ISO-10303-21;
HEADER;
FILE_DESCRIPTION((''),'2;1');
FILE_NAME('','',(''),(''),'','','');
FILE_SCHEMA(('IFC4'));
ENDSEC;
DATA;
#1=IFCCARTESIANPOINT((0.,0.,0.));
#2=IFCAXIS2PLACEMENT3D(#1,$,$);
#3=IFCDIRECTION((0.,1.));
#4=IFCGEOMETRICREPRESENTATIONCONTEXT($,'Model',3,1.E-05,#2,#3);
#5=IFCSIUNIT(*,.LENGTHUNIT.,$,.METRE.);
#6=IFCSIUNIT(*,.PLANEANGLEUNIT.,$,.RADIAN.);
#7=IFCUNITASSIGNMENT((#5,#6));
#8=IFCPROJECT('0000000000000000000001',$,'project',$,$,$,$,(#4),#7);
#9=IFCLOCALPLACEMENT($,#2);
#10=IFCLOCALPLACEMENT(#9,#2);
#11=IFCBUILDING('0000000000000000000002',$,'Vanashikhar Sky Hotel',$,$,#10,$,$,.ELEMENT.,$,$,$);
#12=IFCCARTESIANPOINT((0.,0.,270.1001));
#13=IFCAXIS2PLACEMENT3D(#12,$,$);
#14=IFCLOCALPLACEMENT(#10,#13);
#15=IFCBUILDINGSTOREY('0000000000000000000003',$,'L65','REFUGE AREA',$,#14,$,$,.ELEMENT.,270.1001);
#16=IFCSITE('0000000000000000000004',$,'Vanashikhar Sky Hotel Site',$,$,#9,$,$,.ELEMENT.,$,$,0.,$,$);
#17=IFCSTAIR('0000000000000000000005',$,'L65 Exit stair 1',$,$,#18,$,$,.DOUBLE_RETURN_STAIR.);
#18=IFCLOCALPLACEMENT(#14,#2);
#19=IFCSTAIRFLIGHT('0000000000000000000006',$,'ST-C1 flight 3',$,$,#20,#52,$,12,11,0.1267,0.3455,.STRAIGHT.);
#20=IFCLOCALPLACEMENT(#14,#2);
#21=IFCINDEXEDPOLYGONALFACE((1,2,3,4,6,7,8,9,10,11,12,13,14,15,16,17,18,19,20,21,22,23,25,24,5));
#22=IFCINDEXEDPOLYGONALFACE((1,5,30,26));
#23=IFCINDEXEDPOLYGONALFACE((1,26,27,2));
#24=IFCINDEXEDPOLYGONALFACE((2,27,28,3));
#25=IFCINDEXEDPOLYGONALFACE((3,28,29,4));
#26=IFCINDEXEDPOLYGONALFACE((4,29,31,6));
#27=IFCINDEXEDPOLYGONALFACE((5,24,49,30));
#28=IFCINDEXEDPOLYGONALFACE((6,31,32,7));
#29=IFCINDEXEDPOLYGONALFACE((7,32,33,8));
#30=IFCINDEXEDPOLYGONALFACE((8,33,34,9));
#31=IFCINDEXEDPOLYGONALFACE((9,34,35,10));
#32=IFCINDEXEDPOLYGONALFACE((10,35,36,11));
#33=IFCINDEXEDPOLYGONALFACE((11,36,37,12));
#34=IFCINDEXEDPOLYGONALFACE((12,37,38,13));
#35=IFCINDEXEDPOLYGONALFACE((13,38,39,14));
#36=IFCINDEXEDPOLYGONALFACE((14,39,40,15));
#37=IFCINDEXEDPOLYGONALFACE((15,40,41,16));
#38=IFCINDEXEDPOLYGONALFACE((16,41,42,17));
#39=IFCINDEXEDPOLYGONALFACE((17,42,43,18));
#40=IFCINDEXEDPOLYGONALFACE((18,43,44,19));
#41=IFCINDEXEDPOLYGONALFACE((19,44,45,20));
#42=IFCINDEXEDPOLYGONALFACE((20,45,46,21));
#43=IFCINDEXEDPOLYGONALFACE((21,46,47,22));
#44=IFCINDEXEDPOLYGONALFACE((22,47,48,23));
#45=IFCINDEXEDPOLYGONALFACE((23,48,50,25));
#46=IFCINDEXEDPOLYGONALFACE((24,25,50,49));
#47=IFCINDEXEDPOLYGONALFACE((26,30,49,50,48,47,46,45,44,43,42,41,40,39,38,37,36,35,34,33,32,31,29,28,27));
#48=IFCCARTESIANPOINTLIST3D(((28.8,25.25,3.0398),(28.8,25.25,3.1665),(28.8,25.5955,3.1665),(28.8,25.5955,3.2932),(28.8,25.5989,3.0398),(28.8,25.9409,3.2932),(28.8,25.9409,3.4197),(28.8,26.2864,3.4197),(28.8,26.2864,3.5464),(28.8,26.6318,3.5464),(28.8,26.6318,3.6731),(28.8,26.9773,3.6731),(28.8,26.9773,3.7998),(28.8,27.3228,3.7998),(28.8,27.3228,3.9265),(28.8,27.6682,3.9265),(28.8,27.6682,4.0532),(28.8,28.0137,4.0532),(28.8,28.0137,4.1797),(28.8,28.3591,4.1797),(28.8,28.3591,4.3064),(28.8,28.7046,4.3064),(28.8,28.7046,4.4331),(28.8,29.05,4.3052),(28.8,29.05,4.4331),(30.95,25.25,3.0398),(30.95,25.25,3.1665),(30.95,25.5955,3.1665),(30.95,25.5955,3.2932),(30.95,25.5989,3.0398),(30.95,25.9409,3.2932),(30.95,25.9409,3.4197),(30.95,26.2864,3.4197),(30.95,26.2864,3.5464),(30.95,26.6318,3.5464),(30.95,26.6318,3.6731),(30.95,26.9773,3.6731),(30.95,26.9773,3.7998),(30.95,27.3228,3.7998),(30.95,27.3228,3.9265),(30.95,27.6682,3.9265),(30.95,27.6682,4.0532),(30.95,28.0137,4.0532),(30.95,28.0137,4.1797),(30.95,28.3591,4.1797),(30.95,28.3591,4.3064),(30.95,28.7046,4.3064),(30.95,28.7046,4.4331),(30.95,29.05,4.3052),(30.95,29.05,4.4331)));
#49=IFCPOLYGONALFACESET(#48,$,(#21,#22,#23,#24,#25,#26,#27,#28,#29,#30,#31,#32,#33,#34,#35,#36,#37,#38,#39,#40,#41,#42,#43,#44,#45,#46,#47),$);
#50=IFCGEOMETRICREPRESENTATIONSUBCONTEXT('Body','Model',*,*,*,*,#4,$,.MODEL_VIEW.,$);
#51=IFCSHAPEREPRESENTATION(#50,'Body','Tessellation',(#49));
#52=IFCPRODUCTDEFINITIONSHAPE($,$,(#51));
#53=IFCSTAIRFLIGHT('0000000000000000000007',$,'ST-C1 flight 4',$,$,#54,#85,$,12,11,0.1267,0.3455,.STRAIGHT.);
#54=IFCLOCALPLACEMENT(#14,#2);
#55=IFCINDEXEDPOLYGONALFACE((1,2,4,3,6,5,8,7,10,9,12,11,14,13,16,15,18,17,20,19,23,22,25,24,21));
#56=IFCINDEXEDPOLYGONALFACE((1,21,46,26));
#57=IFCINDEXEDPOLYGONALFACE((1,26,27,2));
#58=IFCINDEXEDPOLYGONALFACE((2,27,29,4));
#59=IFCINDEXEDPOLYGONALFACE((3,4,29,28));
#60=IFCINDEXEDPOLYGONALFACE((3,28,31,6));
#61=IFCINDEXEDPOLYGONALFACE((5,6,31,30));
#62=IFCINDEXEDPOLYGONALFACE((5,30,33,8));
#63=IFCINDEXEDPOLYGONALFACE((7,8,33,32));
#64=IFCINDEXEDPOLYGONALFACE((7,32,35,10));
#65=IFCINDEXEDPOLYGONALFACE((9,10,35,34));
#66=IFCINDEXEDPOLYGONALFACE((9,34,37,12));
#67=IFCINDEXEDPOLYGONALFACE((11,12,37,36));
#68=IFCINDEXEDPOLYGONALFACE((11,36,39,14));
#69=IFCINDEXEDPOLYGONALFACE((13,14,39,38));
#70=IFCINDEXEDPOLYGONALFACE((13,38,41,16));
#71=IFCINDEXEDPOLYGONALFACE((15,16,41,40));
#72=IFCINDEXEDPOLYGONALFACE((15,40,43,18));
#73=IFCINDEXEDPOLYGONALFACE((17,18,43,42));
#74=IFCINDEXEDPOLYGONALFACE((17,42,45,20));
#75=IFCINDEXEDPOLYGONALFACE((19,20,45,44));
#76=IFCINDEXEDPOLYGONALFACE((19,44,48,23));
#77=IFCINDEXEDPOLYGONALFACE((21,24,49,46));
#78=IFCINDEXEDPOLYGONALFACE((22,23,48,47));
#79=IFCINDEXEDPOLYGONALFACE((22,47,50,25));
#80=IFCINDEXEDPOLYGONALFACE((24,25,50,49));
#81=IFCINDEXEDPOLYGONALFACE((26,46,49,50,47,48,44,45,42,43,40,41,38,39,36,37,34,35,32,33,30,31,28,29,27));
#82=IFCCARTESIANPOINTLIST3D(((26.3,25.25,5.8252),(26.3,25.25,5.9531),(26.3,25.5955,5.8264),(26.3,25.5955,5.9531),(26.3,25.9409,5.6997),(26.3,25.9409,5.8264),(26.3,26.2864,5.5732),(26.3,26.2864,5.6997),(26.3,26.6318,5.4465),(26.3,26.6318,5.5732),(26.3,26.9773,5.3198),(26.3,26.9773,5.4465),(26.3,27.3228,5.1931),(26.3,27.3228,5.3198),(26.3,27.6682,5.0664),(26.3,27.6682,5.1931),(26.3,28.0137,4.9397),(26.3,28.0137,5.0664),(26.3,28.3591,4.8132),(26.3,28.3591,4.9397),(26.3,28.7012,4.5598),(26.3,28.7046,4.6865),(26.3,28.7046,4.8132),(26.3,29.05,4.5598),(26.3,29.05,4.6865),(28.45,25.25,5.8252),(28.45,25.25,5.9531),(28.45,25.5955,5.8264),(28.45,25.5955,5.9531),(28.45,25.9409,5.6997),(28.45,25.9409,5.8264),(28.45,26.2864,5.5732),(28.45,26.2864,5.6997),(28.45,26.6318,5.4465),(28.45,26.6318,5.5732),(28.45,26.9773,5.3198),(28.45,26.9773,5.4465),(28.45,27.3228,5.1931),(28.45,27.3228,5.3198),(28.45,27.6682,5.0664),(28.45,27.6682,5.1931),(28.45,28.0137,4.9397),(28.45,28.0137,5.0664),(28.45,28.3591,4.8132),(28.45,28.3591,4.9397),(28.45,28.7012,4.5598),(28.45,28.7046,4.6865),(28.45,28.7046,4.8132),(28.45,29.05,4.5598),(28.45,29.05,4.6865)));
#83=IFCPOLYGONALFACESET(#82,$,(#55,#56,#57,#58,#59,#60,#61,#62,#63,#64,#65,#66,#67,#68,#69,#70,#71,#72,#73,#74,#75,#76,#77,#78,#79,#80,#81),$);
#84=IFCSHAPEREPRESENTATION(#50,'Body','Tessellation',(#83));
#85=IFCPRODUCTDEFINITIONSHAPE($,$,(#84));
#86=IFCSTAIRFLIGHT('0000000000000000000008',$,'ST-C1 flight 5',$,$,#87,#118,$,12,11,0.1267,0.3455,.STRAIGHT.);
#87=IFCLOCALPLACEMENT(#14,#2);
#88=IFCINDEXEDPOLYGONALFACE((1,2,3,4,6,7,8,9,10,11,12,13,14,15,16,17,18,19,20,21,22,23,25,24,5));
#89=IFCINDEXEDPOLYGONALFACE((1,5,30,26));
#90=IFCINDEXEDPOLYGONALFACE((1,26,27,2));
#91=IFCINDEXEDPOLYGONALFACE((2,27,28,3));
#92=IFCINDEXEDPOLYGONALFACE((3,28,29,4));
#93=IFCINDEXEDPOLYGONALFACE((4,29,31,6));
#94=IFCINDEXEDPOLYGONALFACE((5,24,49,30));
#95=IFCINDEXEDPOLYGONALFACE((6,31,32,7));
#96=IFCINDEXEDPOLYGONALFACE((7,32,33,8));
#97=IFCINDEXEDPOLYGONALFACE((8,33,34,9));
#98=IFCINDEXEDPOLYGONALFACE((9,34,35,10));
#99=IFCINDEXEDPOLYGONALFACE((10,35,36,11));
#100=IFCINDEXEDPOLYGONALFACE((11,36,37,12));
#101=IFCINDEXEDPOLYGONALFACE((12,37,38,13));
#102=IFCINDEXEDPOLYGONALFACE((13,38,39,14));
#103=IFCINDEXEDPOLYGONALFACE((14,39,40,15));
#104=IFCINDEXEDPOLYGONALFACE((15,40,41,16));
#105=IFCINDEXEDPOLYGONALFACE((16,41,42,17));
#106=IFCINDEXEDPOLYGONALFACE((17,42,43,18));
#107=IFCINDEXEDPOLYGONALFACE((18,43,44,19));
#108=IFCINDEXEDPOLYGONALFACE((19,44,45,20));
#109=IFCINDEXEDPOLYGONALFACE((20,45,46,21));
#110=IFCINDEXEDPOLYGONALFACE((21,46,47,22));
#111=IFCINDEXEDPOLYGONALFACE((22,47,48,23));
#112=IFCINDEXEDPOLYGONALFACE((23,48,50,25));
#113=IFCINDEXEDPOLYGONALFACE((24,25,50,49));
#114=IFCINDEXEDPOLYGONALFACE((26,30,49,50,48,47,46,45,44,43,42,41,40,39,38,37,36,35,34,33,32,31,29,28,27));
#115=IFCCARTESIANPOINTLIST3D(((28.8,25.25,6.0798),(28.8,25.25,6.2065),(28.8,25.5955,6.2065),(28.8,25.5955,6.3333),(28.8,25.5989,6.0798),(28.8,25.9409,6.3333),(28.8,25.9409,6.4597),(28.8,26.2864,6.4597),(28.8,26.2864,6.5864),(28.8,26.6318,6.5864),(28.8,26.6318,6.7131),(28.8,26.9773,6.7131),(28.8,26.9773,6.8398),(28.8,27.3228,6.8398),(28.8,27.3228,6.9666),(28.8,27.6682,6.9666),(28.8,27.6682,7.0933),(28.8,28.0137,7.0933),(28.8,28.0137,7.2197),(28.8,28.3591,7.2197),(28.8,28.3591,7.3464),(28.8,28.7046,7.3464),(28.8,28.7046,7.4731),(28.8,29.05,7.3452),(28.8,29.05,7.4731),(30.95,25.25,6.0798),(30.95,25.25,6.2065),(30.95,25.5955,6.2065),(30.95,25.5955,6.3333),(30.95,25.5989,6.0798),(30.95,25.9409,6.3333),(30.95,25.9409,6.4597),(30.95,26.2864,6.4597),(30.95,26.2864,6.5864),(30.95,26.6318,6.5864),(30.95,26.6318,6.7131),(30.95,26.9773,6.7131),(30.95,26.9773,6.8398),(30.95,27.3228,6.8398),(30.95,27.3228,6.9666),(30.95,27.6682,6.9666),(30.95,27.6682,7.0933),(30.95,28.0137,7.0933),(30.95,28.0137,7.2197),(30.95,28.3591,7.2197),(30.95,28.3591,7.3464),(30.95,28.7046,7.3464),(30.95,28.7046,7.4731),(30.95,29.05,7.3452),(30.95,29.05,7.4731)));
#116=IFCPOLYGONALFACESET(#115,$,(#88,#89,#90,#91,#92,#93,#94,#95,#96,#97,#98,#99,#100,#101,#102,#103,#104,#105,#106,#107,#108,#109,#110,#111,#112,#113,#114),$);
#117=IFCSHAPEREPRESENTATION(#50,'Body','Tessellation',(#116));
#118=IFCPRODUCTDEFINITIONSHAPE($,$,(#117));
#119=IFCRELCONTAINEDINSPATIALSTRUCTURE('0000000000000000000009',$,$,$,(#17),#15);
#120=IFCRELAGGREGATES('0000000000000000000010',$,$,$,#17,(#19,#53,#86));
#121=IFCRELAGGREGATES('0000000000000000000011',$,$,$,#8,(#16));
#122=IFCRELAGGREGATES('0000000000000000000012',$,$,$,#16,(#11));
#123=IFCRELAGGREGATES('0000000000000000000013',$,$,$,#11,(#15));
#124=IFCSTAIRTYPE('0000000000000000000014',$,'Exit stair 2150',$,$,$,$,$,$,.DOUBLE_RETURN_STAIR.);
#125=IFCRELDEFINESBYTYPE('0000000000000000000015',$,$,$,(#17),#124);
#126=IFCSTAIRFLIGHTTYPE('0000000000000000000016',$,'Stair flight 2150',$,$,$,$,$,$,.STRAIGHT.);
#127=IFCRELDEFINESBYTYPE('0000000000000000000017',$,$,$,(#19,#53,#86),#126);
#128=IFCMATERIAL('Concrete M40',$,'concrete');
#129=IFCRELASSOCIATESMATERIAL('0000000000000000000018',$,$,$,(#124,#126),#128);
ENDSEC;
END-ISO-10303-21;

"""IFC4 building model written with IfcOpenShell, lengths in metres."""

from ifc_helpers import new_model, si_unit, direction, frame, origin, place, context, subcontext, project, spatial, polyline, outline, extrude, source, transform, mapped, material, type_object, element, aggregate, save


model = new_model("IFC4")

# Units and contexts
model_context = context("Model", 3, precision=1e-05, world=origin(), true_north=direction((0.0, 1.0)))
body_context = subcontext(model_context, "Body", "Model", "MODEL_VIEW")
ifc_project = project(units=[si_unit("LENGTHUNIT", "METRE"), si_unit("PLANEANGLEUNIT", "RADIAN")], contexts=[model_context])

# Site, building, storey
site_placement = place(None, origin())
site = spatial("IfcSite", under=ifc_project, at=site_placement, Name="Vanashikhar Sky Hotel Site", CompositionType="ELEMENT", RefElevation=0.0)
building_placement = place(site_placement, origin())
building = spatial("IfcBuilding", under=site, at=building_placement, Name="Vanashikhar Sky Hotel", CompositionType="ELEMENT")
storey_placement = place(building_placement, frame((0.0, 0.0, 270.1001)))
storey = spatial("IfcBuildingStorey", under=building, at=storey_placement, Name="L65", Description="REFUGE AREA", CompositionType="ELEMENT", Elevation=270.1001)

# Shared definitions
ifc_material_1 = material(Name="Concrete M40", Category="concrete")

# Stair, stair flights
stair_type = type_object("IfcStairType", Name="Exit stair 2150", PredefinedType="DOUBLE_RETURN_STAIR", material=ifc_material_1)
stair_placement = place(storey_placement, origin())
stair = element("IfcStair", 1, at=stair_placement, inside=storey, type_object=stair_type, Name="L65 Exit stair 1", PredefinedType="DOUBLE_RETURN_STAIR")
stair_flight_type = type_object("IfcStairFlightType", Name="Stair flight 2150", PredefinedType="STRAIGHT", material=ifc_material_1)
shared_shape_1 = source(origin(), body_context, "Body", "SweptSolid", [
    extrude(outline(polyline([(0.0, 0.0), (0.0, 0.1267), (0.3455, 0.1267), (0.3455, 0.2534), (0.6909, 0.2534), (0.6909, 0.3799), (1.0364, 0.3799), (1.0364, 0.5066), (1.3818, 0.5066), (1.3818, 0.6333), (1.7273, 0.6333), (1.7273, 0.76), (2.0728, 0.76), (2.0728, 0.8867), (2.4182, 0.8867), (2.4182, 1.0134), (2.7637, 1.0134), (2.7637, 1.1399), (3.1091, 1.1399), (3.1091, 1.2666), (3.4546, 1.2666), (3.4546, 1.3933), (3.8, 1.3933), (3.8, 1.52), (3.8, 1.2654), (0.3489, 0.0), (0.0, 0.0)])), frame((0.0, 1.075, 0.0), z_axis=(0.0, -1.0, 0.0), x_axis=(1.0, 0.0, 0.0)), (0.0, 0.0, 1.0), 2.1499),
])
stair_flight_1_placement = place(storey_placement, frame((29.875, 25.25, 3.0398), z_axis=(0.0, 0.0, 1.0), x_axis=(0.0, 1.0, 0.0)))
stair_flight_1 = element("IfcStairFlight", 2, at=stair_flight_1_placement, type_object=stair_flight_type, Name="ST-C1 flight 3", NumberOfRisers=12, NumberOfTreads=11, PredefinedType="STRAIGHT", RiserHeight=0.1267, TreadLength=0.3455, context=body_context, shape_type="MappedRepresentation", body=[
    mapped(shared_shape_1, transform((0.0, 0.0, 0.0), scale=1.0)),
])
stair_flight_2_placement = place(storey_placement, frame((27.375, 29.05, 4.5598), z_axis=(0.0, 0.0, 1.0), x_axis=(0.0, -1.0, 0.0)))
stair_flight_2 = element("IfcStairFlight", 3, at=stair_flight_2_placement, type_object=stair_flight_type, Name="ST-C1 flight 4", NumberOfRisers=12, NumberOfTreads=11, PredefinedType="STRAIGHT", RiserHeight=0.1267, TreadLength=0.3455, context=body_context, shape_type="MappedRepresentation", body=[
    mapped(shared_shape_1, transform((0.0, 0.0, 0.0), scale=1.0)),
])
stair_flight_3_placement = place(storey_placement, frame((29.875, 25.25, 6.0798), z_axis=(0.0, 0.0, 1.0), x_axis=(0.0, 1.0, 0.0)))
stair_flight_3 = element("IfcStairFlight", 4, at=stair_flight_3_placement, type_object=stair_flight_type, Name="ST-C1 flight 5", NumberOfRisers=12, NumberOfTreads=11, PredefinedType="STRAIGHT", RiserHeight=0.1267, TreadLength=0.3455, context=body_context, shape_type="MappedRepresentation", body=[
    mapped(shared_shape_1, transform((0.0, 0.0, 0.0), scale=1.0)),
])
aggregate(stair, [stair_flight_1, stair_flight_2, stair_flight_3])

save(model, "model.ifc")
